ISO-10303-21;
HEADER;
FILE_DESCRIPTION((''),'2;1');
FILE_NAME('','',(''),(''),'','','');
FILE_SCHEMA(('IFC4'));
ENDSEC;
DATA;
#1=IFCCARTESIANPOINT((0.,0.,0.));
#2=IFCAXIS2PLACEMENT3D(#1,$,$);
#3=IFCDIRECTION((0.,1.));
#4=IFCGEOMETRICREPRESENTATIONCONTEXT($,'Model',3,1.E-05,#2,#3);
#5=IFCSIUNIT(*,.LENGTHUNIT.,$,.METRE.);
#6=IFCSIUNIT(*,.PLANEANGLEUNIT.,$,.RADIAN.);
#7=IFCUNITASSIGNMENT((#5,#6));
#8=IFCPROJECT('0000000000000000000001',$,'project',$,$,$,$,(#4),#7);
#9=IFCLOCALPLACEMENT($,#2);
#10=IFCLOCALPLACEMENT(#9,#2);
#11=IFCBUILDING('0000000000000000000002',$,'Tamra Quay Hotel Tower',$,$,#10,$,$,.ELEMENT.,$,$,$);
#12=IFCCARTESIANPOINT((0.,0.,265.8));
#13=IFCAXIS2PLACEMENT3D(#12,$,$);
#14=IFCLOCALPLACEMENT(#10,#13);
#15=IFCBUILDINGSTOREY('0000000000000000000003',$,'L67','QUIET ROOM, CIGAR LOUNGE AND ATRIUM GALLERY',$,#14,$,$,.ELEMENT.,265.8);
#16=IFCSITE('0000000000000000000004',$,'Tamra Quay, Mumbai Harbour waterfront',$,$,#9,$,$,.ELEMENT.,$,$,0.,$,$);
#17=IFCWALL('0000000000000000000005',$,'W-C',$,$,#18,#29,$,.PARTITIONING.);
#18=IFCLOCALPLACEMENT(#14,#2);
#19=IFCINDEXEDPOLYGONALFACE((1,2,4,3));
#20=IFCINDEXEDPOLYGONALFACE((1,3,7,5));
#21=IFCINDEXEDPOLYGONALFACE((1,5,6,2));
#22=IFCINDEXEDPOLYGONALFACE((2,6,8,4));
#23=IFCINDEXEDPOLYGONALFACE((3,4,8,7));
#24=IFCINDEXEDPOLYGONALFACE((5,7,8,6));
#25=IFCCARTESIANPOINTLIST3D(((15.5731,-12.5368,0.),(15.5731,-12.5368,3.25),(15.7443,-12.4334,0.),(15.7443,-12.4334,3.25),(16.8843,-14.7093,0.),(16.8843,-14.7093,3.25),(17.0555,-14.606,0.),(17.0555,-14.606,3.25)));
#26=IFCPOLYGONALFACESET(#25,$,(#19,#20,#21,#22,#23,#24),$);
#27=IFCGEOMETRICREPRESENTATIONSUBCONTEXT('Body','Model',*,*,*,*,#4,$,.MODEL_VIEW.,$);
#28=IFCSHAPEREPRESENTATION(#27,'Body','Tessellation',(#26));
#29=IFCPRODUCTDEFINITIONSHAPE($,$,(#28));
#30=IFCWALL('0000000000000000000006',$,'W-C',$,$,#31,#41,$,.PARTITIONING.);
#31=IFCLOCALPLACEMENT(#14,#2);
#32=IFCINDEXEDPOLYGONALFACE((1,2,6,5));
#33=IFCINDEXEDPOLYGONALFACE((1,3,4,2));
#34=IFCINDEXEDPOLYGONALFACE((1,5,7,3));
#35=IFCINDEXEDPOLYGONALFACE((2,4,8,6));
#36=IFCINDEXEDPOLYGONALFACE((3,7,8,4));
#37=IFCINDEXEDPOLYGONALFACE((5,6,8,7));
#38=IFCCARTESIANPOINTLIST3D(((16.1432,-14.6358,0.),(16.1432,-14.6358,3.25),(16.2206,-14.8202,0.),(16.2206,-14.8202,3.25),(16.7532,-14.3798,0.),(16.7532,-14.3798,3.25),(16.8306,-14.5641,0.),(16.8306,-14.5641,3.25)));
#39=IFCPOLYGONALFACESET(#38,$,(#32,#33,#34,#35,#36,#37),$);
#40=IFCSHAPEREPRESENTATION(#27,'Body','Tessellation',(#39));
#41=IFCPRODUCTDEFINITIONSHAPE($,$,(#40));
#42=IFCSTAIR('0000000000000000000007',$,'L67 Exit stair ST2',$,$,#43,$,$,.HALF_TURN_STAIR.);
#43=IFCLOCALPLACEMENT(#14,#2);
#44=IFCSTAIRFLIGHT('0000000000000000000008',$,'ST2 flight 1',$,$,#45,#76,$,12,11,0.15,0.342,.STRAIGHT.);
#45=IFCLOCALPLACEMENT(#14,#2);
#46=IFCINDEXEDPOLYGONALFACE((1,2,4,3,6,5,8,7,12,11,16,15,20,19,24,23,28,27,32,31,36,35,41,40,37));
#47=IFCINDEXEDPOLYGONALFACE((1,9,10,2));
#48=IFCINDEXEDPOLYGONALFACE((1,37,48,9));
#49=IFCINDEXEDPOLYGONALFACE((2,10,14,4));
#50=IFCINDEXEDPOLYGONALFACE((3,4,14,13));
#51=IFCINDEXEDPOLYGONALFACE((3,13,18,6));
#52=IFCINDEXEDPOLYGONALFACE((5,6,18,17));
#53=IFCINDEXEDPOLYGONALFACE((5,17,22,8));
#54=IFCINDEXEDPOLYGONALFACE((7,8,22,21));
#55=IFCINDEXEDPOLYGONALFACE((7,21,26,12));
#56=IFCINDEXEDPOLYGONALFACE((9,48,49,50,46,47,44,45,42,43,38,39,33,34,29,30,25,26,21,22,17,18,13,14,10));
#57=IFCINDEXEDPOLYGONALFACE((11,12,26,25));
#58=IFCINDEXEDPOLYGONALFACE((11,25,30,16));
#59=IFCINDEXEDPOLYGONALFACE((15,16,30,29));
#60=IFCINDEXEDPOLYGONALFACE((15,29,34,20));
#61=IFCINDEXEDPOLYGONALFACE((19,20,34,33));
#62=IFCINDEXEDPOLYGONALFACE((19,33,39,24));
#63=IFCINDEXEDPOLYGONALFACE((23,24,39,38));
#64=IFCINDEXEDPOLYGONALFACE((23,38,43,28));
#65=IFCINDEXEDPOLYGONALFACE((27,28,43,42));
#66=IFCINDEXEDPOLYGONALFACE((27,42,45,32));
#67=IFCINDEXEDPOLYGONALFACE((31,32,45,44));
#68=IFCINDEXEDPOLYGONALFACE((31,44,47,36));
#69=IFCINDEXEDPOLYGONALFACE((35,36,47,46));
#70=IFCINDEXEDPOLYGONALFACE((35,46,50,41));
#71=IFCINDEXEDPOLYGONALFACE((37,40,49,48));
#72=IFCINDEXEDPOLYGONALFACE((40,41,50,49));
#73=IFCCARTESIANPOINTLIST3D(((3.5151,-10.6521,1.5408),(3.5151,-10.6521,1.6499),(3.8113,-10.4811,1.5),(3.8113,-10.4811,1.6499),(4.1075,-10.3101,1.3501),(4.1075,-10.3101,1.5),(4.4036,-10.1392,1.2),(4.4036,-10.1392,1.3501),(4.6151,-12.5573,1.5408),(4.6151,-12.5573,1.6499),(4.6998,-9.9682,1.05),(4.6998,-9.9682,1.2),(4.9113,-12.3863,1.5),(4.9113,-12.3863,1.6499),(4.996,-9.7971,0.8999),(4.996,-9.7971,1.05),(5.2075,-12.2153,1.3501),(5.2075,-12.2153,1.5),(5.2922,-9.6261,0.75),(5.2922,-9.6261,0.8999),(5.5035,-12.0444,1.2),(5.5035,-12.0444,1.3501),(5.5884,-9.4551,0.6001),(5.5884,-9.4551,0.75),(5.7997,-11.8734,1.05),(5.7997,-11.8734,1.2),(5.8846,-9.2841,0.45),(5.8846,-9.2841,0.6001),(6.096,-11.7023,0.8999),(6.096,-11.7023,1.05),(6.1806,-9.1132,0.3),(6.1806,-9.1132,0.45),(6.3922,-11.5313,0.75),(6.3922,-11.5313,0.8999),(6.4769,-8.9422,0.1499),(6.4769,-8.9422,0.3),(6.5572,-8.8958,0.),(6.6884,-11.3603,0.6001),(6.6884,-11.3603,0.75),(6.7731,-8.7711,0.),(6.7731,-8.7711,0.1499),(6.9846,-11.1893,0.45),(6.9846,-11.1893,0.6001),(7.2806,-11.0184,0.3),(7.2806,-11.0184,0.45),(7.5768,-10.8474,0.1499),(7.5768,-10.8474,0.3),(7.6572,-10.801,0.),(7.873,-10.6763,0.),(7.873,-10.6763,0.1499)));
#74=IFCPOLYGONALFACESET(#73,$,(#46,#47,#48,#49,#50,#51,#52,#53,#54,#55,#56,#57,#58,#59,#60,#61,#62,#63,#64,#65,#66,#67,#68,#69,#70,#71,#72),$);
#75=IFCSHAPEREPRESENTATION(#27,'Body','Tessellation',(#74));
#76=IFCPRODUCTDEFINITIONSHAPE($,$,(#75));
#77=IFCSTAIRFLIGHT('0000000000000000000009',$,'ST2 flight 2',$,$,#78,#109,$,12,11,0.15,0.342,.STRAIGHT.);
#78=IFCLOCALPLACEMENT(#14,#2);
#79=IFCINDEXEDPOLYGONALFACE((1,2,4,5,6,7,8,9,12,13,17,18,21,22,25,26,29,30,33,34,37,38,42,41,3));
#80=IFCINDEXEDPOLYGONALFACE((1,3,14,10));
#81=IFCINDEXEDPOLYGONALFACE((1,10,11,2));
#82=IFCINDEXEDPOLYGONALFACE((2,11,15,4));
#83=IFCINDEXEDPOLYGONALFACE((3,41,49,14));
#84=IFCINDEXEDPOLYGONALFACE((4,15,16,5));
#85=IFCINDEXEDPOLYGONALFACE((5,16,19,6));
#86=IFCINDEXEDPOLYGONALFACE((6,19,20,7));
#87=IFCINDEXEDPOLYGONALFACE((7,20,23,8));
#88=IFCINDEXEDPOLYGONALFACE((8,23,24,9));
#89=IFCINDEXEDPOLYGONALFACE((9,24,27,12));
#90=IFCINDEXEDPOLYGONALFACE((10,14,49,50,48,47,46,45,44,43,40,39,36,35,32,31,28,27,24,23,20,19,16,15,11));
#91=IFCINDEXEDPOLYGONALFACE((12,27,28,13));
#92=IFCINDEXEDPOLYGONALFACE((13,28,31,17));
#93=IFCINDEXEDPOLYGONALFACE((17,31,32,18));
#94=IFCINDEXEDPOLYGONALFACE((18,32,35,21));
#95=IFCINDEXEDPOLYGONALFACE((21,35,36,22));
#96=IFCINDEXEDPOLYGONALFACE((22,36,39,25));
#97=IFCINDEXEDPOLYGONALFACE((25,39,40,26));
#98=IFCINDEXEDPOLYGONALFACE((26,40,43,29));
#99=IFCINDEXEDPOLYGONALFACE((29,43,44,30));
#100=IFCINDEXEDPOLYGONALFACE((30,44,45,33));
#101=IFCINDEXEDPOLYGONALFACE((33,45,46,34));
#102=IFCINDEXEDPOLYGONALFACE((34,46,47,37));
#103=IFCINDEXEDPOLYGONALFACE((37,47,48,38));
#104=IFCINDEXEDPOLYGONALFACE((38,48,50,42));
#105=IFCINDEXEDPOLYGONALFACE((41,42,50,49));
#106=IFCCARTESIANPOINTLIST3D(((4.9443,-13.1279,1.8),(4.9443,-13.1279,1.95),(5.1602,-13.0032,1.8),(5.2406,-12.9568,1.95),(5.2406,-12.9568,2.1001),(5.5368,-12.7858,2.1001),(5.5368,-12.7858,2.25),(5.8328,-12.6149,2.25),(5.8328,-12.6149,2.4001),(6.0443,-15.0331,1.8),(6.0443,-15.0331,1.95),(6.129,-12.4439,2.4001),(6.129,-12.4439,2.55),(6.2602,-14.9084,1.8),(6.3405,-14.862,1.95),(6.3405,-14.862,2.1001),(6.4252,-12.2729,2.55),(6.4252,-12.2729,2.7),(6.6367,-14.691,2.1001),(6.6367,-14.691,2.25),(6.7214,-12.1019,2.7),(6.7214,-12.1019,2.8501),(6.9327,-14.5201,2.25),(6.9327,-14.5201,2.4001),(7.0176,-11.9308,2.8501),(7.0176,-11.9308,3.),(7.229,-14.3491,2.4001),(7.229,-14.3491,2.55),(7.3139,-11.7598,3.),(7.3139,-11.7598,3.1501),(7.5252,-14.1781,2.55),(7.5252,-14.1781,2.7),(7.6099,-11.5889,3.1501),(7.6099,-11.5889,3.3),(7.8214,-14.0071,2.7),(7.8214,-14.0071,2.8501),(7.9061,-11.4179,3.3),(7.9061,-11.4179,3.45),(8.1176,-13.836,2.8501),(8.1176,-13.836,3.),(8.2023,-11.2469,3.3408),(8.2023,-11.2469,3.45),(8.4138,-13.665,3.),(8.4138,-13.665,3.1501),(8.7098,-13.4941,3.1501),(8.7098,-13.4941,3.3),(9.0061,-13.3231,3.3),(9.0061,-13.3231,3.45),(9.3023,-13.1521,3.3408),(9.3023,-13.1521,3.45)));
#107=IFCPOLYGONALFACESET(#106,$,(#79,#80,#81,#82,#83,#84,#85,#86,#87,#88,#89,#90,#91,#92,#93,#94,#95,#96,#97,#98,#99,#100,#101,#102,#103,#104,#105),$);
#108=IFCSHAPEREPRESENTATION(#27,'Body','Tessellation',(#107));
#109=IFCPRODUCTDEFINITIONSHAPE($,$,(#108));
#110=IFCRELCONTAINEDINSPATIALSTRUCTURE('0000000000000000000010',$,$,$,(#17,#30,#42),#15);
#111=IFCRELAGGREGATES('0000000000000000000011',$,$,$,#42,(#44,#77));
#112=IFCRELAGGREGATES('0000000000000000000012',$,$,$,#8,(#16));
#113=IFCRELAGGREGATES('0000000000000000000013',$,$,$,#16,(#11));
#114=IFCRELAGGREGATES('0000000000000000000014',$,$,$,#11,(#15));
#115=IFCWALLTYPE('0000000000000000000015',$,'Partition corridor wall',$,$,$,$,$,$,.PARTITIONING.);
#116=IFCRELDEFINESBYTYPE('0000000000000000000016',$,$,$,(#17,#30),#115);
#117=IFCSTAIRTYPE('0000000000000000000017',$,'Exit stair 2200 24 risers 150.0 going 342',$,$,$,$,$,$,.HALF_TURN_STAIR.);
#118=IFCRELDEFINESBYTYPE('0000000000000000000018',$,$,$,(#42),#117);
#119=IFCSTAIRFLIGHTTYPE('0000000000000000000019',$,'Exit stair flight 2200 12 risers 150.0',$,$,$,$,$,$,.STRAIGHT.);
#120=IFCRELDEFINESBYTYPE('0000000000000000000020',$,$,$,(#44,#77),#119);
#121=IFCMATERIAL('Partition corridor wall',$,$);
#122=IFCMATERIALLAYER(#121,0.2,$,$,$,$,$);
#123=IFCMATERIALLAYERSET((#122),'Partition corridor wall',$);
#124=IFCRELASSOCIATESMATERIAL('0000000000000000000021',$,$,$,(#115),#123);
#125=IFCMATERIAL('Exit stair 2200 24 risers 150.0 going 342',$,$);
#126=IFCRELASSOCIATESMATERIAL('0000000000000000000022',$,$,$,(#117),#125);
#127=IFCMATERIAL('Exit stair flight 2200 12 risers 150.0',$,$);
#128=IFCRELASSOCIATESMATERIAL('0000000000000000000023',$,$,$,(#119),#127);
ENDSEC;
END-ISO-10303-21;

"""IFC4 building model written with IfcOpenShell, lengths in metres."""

from ifc_helpers import new_model, si_unit, direction, frame, frame_2d, origin, place, context, subcontext, project, spatial, polyline, rectangle, outline, extrude, material, layer, layer_set, type_object, element, aggregate, save


model = new_model("IFC4")

# Units and contexts
model_context = context("Model", 3, precision=1e-05, world=origin(), true_north=direction((0.0, 1.0)))
body_context = subcontext(model_context, "Body", "Model", "MODEL_VIEW")
ifc_project = project(units=[si_unit("LENGTHUNIT", "METRE"), si_unit("PLANEANGLEUNIT", "RADIAN")], contexts=[model_context])

# Site, building, storey
site_placement = place(None, origin())
site = spatial("IfcSite", under=ifc_project, at=site_placement, Name="Tamra Quay, Mumbai Harbour waterfront", CompositionType="ELEMENT", RefElevation=0.0)
building_placement = place(site_placement, origin())
building = spatial("IfcBuilding", under=site, at=building_placement, Name="Tamra Quay Hotel Tower", CompositionType="ELEMENT")
storey_placement = place(building_placement, frame((0.0, 0.0, 265.8)))
storey = spatial("IfcBuildingStorey", under=building, at=storey_placement, Name="L67", Description="QUIET ROOM, CIGAR LOUNGE AND ATRIUM GALLERY", CompositionType="ELEMENT", Elevation=265.8)

# Walls
ifc_material_1 = material(Name="Partition corridor wall")
ifc_layer_1 = layer(ifc_material_1, 0.2)
ifc_layer_set_1 = layer_set([ifc_layer_1], Name="Partition corridor wall")
wall_type_1 = type_object("IfcWallType", Name="Partition corridor wall", PredefinedType="PARTITIONING", material=ifc_layer_set_1)
wall_1_placement = place(storey_placement, frame((15.6587, -12.4851, 0.0), z_axis=(0.0, 0.0, 1.0), x_axis=(0.516729, -0.856149, 0.0)))
element("IfcWall", 1, at=wall_1_placement, inside=storey, type_object=wall_type_1, Name="W-C", PredefinedType="PARTITIONING", context=body_context, shape_type="SweptSolid", body=[
    extrude(rectangle(XDim=2.5376, YDim=0.2, at=frame_2d((1.2688, 0.0))), origin(), (0.0, 0.0, 1.0), 3.25),
])
wall_2_placement = place(storey_placement, frame((16.1819, -14.728, 0.0), z_axis=(0.0, 0.0, 1.0), x_axis=(0.922058, 0.387051, 0.0)))
element("IfcWall", 2, at=wall_2_placement, inside=storey, type_object=wall_type_1, Name="W-C", PredefinedType="PARTITIONING", context=body_context, shape_type="SweptSolid", body=[
    extrude(rectangle(XDim=0.6616, YDim=0.2, at=frame_2d((0.3308, 0.0))), origin(), (0.0, 0.0, 1.0), 3.25),
])

# Stair, stair flights
ifc_material_2 = material(Name="Exit stair 2200 24 risers 150.0 going 342")
stair_type = type_object("IfcStairType", Name="Exit stair 2200 24 risers 150.0 going 342", PredefinedType="HALF_TURN_STAIR", material=ifc_material_2)
stair_placement = place(storey_placement, origin())
stair = element("IfcStair", 3, at=stair_placement, inside=storey, type_object=stair_type, Name="L67 Exit stair ST2", PredefinedType="HALF_TURN_STAIR")
ifc_material_3 = material(Name="Exit stair flight 2200 12 risers 150.0")
stair_flight_type = type_object("IfcStairFlightType", Name="Exit stair flight 2200 12 risers 150.0", PredefinedType="STRAIGHT", material=ifc_material_3)
stair_flight_1_placement = place(storey_placement, frame((7.323, -9.7236, 0.0), z_axis=(0.0, 0.0, 1.0), x_axis=(-0.866025, -0.5, 0.0)))
stair_flight_1 = element("IfcStairFlight", 4, at=stair_flight_1_placement, type_object=stair_flight_type, Name="ST2 flight 1", NumberOfRisers=12, NumberOfTreads=11, PredefinedType="STRAIGHT", RiserHeight=0.15, TreadLength=0.342, context=body_context, shape_type="SweptSolid", body=[
    extrude(outline(polyline([(0.0, 0.0), (0.0, 0.1499), (0.342, 0.1499), (0.342, 0.3), (0.6841, 0.3), (0.6841, 0.45), (1.0259, 0.45), (1.0259, 0.6001), (1.3679, 0.6001), (1.3679, 0.75), (1.71, 0.75), (1.71, 0.8999), (2.052, 0.8999), (2.052, 1.05), (2.394, 1.05), (2.394, 1.2), (2.7361, 1.2), (2.7361, 1.3501), (3.0779, 1.3501), (3.0779, 1.5), (3.4199, 1.5), (3.4199, 1.6499), (3.762, 1.6499), (3.762, 1.8), (3.762, 1.5408), (0.2493, 0.0), (0.0, 0.0)])), frame((0.0, 1.1001, 0.0), z_axis=(0.0, -1.0, 0.0), x_axis=(1.0, 0.0, 0.0)), (0.0, 0.0, 1.0), 2.2),
])
stair_flight_2_placement = place(storey_placement, frame((5.4944, -14.0806, 1.8), z_axis=(0.0, 0.0, 1.0), x_axis=(0.866025, 0.5, 0.0)))
stair_flight_2 = element("IfcStairFlight", 5, at=stair_flight_2_placement, type_object=stair_flight_type, Name="ST2 flight 2", NumberOfRisers=12, NumberOfTreads=11, PredefinedType="STRAIGHT", RiserHeight=0.15, TreadLength=0.342, context=body_context, shape_type="SweptSolid", body=[
    extrude(outline(polyline([(0.0, 0.0), (0.0, 0.1499), (0.342, 0.1499), (0.342, 0.3), (0.6841, 0.3), (0.6841, 0.45), (1.0259, 0.45), (1.0259, 0.6001), (1.3679, 0.6001), (1.3679, 0.75), (1.71, 0.75), (1.71, 0.8999), (2.052, 0.8999), (2.052, 1.05), (2.394, 1.05), (2.394, 1.2), (2.7361, 1.2), (2.7361, 1.3501), (3.0779, 1.3501), (3.0779, 1.5), (3.4199, 1.5), (3.4199, 1.6499), (3.762, 1.6499), (3.762, 1.8), (3.762, 1.5408), (0.2493, 0.0), (0.0, 0.0)])), frame((0.0, 1.1001, 0.0), z_axis=(0.0, -1.0, 0.0), x_axis=(1.0, 0.0, 0.0)), (0.0, 0.0, 1.0), 2.2),
])
aggregate(stair, [stair_flight_1, stair_flight_2])

save(model, "model.ifc")
